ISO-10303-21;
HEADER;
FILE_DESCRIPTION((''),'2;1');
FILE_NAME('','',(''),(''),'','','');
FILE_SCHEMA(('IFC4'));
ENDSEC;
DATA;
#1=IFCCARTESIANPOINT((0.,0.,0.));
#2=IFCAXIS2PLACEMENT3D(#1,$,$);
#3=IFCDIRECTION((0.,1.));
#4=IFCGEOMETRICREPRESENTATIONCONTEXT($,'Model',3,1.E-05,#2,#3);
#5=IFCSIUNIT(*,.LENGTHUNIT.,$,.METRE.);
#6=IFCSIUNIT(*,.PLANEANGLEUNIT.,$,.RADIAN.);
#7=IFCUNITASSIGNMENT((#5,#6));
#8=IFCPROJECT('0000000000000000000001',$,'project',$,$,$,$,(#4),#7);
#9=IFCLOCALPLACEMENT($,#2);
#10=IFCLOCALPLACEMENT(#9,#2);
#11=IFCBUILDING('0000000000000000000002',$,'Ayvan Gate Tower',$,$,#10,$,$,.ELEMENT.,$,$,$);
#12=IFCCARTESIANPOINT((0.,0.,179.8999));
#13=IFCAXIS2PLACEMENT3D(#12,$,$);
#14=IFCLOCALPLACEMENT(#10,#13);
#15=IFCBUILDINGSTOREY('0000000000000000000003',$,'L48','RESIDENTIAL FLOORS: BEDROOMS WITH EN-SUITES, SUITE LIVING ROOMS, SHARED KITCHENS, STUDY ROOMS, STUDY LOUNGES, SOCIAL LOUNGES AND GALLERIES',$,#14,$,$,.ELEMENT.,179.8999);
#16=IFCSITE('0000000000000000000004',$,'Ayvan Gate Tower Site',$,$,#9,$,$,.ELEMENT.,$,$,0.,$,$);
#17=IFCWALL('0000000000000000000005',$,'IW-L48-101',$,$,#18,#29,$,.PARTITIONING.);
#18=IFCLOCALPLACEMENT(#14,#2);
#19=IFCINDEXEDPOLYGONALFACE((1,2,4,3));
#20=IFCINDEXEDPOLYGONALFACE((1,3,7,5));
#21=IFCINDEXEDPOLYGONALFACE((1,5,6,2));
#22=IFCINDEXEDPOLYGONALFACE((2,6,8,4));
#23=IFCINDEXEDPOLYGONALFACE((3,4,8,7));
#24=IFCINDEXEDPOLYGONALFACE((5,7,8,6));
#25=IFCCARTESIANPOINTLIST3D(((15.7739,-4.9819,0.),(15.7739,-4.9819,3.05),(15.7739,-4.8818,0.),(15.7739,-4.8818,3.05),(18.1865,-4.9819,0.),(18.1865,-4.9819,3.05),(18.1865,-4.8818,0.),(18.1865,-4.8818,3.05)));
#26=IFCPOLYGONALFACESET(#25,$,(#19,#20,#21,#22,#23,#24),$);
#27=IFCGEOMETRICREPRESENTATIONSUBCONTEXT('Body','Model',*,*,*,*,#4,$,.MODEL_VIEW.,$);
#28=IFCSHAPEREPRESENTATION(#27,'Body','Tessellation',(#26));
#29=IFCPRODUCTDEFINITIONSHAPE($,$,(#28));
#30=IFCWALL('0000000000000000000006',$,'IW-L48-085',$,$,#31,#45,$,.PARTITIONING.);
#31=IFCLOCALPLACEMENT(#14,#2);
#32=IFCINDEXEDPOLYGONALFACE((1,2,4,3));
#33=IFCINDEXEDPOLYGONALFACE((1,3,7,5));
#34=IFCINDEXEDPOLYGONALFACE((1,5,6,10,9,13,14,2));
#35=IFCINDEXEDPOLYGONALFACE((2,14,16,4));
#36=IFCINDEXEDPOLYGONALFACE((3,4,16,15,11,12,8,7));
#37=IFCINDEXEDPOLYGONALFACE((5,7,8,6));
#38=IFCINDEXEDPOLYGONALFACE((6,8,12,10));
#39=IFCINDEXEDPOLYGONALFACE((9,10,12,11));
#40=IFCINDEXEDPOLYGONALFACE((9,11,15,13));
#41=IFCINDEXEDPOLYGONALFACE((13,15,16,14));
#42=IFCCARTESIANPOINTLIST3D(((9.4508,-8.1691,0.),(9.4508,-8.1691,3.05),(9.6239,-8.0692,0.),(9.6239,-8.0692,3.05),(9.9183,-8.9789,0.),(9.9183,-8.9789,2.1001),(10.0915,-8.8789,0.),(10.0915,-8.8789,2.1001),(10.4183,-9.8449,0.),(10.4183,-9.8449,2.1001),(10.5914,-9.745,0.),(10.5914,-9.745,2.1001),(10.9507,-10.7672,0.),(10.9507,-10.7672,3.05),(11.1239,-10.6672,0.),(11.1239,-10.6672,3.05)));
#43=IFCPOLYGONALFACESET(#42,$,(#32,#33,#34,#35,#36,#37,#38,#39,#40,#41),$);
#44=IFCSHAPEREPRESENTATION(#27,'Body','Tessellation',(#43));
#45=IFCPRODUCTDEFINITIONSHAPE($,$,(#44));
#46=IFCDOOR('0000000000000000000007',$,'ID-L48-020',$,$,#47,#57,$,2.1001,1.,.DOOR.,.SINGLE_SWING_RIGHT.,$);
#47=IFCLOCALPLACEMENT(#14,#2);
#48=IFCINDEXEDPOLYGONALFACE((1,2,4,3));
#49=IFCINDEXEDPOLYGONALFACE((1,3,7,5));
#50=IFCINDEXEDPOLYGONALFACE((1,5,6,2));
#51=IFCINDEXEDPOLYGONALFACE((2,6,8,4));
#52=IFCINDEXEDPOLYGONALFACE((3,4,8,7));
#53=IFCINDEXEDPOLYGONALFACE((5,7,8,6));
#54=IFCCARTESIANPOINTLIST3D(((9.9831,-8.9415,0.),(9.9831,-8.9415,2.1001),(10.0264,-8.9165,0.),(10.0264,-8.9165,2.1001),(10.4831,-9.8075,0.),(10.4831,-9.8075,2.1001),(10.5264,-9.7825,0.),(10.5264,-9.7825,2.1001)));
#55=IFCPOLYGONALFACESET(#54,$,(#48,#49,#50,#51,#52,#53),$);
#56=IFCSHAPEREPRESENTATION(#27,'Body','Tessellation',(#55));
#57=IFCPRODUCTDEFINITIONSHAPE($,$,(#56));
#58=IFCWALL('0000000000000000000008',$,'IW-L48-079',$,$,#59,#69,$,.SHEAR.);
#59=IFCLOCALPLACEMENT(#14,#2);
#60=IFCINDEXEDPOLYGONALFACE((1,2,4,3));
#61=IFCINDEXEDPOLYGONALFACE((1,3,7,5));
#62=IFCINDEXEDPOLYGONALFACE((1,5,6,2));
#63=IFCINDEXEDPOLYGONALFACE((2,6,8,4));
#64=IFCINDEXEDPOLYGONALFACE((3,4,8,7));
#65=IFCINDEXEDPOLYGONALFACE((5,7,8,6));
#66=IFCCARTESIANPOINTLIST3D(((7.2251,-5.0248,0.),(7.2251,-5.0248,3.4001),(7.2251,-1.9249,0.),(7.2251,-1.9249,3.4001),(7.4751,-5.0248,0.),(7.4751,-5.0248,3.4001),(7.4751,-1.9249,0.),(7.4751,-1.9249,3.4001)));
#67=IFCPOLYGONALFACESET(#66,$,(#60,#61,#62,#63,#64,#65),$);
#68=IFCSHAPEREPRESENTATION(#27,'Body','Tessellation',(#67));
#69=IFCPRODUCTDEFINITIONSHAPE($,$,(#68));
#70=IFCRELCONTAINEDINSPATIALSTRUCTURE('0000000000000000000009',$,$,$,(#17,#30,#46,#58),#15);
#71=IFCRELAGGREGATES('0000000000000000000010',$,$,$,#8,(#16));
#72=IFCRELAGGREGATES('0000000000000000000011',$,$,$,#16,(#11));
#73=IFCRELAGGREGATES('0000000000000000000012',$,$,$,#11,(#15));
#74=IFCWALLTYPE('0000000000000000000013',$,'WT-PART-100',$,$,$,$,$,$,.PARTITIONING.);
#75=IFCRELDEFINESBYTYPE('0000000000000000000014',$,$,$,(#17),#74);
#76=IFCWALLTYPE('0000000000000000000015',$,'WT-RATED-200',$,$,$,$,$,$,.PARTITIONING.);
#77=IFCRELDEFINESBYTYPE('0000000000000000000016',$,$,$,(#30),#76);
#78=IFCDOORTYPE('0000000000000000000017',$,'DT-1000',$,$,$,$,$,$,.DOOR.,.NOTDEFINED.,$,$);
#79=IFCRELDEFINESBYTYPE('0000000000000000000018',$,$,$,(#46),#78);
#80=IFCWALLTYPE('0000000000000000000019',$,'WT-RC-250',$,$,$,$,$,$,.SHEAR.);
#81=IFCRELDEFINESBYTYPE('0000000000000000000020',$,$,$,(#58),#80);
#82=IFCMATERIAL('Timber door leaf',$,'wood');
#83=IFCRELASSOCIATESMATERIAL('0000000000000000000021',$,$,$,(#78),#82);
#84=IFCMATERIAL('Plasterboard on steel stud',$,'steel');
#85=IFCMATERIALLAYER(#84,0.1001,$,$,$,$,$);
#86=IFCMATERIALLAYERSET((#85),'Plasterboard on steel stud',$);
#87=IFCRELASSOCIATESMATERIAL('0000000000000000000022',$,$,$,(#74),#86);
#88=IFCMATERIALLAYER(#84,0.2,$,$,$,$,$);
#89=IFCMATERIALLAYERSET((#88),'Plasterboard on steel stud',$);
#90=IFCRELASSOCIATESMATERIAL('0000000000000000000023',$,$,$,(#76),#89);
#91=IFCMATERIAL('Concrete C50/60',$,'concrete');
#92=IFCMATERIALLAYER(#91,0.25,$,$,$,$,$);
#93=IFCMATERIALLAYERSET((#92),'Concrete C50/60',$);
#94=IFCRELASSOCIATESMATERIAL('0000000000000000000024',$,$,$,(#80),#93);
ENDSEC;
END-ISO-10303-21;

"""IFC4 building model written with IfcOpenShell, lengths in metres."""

from ifc_helpers import new_model, si_unit, direction, frame, frame_2d, origin, place, context, subcontext, project, spatial, rectangle, extrude, material, layer, layer_set, type_object, element, fill, save


model = new_model("IFC4")

# Units and contexts
model_context = context("Model", 3, precision=1e-05, world=origin(), true_north=direction((0.0, 1.0)))
body_context = subcontext(model_context, "Body", "Model", "MODEL_VIEW")
ifc_project = project(units=[si_unit("LENGTHUNIT", "METRE"), si_unit("PLANEANGLEUNIT", "RADIAN")], contexts=[model_context])

# Site, building, storey
site_placement = place(None, origin())
site = spatial("IfcSite", under=ifc_project, at=site_placement, Name="Ayvan Gate Tower Site", CompositionType="ELEMENT", RefElevation=0.0)
building_placement = place(site_placement, origin())
building = spatial("IfcBuilding", under=site, at=building_placement, Name="Ayvan Gate Tower", CompositionType="ELEMENT")
storey_placement = place(building_placement, frame((0.0, 0.0, 179.8999)))
storey = spatial("IfcBuildingStorey", under=building, at=storey_placement, Name="L48", Description="RESIDENTIAL FLOORS: BEDROOMS WITH EN-SUITES, SUITE LIVING ROOMS, SHARED KITCHENS, STUDY ROOMS, STUDY LOUNGES, SOCIAL LOUNGES AND GALLERIES", CompositionType="ELEMENT", Elevation=179.8999)

# Shared definitions
ifc_material_1 = material(Name="Timber door leaf", Category="wood")

# Shared definitions
ifc_material_2 = material(Name="Plasterboard on steel stud", Category="steel")

# Shared definitions
door_type_1 = type_object("IfcDoorType", Name="DT-1000", OperationType="NOTDEFINED", PredefinedType="DOOR", material=ifc_material_1)

# Shared definitions
ifc_layer_1 = layer(ifc_material_2, 0.1001)
ifc_layer_set_1 = layer_set([ifc_layer_1], Name="Plasterboard on steel stud")
wall_type_1 = type_object("IfcWallType", Name="WT-PART-100", PredefinedType="PARTITIONING", material=ifc_layer_set_1)

# Wall
wall_1_placement = place(storey_placement, frame((18.1865, -4.9319, 0.0), z_axis=(0.0, 0.0, 1.0), x_axis=(-1.0, 0.0, 0.0)))
element("IfcWall", 1, at=wall_1_placement, inside=storey, type_object=wall_type_1, Name="IW-L48-101", PredefinedType="PARTITIONING", context=body_context, shape_type="SweptSolid", body=[
    extrude(rectangle(XDim=2.4126, YDim=0.1001, at=frame_2d((1.2063, 0.0))), origin(), (0.0, 0.0, 1.0), 3.05),
])

# Wall, opening, door
ifc_layer_2 = layer(ifc_material_2, 0.2)
ifc_layer_set_2 = layer_set([ifc_layer_2], Name="Plasterboard on steel stud")
wall_type_2 = type_object("IfcWallType", Name="WT-RATED-200", PredefinedType="PARTITIONING", material=ifc_layer_set_2)
wall_2_placement = place(storey_placement, frame((9.5374, -8.1191, 0.0), z_axis=(0.0, 0.0, 1.0), x_axis=(0.49999, -0.866031, 0.0)))
wall_2 = element("IfcWall", 2, at=wall_2_placement, inside=storey, type_object=wall_type_2, Name="IW-L48-085", PredefinedType="PARTITIONING", context=body_context, shape_type="SweptSolid", body=[
    extrude(rectangle(XDim=3.0, YDim=0.2, at=frame_2d((1.5, 0.0))), origin(), (0.0, 0.0, 1.0), 3.05),
])
opening_1_placement = place(wall_2_placement, frame((0.9351, 0.0, 0.0)))
opening_1 = element("IfcOpeningElement", 3, at=opening_1_placement, cuts=wall_2, PredefinedType="OPENING", context=body_context, shape_type="SweptSolid", body=[
    extrude(rectangle(XDim=1.0, YDim=2.1001, at=frame_2d((0.5, 1.05))), frame((0.0, 0.1099, 0.0), z_axis=(0.0, -1.0, 0.0), x_axis=(1.0, 0.0, 0.0)), (0.0, 0.0, 1.0), 0.22),
])
door_1_placement = place(opening_1_placement, origin())
door_1 = element("IfcDoor", 4, at=door_1_placement, inside=storey, type_object=door_type_1, Name="ID-L48-020", OperationType="SINGLE_SWING_RIGHT", OverallHeight=2.1001, OverallWidth=1.0, PredefinedType="DOOR", context=body_context, shape_type="SweptSolid", body=[
    extrude(rectangle(XDim=1.0, YDim=2.1001, at=frame_2d((0.5, 1.05))), frame((0.0, 0.0249, 0.0), z_axis=(0.0, -1.0, 0.0), x_axis=(1.0, 0.0, 0.0)), (0.0, 0.0, 1.0), 0.05),
])
fill(opening_1, door_1)

# Wall
ifc_material_3 = material(Name="Concrete C50/60", Category="concrete")
ifc_layer_3 = layer(ifc_material_3, 0.25)
ifc_layer_set_3 = layer_set([ifc_layer_3], Name="Concrete C50/60")
wall_type_3 = type_object("IfcWallType", Name="WT-RC-250", PredefinedType="SHEAR", material=ifc_layer_set_3)
wall_3_placement = place(storey_placement, frame((7.3501, -1.925, 0.0), z_axis=(0.0, 0.0, 1.0), x_axis=(0.0, -1.0, 0.0)))
element("IfcWall", 5, at=wall_3_placement, inside=storey, type_object=wall_type_3, Name="IW-L48-079", PredefinedType="SHEAR", context=body_context, shape_type="SweptSolid", body=[
    extrude(rectangle(XDim=3.0999, YDim=0.25, at=frame_2d((1.5498, 0.0))), origin(), (0.0, 0.0, 1.0), 3.4001),
])

save(model, "model.ifc")
